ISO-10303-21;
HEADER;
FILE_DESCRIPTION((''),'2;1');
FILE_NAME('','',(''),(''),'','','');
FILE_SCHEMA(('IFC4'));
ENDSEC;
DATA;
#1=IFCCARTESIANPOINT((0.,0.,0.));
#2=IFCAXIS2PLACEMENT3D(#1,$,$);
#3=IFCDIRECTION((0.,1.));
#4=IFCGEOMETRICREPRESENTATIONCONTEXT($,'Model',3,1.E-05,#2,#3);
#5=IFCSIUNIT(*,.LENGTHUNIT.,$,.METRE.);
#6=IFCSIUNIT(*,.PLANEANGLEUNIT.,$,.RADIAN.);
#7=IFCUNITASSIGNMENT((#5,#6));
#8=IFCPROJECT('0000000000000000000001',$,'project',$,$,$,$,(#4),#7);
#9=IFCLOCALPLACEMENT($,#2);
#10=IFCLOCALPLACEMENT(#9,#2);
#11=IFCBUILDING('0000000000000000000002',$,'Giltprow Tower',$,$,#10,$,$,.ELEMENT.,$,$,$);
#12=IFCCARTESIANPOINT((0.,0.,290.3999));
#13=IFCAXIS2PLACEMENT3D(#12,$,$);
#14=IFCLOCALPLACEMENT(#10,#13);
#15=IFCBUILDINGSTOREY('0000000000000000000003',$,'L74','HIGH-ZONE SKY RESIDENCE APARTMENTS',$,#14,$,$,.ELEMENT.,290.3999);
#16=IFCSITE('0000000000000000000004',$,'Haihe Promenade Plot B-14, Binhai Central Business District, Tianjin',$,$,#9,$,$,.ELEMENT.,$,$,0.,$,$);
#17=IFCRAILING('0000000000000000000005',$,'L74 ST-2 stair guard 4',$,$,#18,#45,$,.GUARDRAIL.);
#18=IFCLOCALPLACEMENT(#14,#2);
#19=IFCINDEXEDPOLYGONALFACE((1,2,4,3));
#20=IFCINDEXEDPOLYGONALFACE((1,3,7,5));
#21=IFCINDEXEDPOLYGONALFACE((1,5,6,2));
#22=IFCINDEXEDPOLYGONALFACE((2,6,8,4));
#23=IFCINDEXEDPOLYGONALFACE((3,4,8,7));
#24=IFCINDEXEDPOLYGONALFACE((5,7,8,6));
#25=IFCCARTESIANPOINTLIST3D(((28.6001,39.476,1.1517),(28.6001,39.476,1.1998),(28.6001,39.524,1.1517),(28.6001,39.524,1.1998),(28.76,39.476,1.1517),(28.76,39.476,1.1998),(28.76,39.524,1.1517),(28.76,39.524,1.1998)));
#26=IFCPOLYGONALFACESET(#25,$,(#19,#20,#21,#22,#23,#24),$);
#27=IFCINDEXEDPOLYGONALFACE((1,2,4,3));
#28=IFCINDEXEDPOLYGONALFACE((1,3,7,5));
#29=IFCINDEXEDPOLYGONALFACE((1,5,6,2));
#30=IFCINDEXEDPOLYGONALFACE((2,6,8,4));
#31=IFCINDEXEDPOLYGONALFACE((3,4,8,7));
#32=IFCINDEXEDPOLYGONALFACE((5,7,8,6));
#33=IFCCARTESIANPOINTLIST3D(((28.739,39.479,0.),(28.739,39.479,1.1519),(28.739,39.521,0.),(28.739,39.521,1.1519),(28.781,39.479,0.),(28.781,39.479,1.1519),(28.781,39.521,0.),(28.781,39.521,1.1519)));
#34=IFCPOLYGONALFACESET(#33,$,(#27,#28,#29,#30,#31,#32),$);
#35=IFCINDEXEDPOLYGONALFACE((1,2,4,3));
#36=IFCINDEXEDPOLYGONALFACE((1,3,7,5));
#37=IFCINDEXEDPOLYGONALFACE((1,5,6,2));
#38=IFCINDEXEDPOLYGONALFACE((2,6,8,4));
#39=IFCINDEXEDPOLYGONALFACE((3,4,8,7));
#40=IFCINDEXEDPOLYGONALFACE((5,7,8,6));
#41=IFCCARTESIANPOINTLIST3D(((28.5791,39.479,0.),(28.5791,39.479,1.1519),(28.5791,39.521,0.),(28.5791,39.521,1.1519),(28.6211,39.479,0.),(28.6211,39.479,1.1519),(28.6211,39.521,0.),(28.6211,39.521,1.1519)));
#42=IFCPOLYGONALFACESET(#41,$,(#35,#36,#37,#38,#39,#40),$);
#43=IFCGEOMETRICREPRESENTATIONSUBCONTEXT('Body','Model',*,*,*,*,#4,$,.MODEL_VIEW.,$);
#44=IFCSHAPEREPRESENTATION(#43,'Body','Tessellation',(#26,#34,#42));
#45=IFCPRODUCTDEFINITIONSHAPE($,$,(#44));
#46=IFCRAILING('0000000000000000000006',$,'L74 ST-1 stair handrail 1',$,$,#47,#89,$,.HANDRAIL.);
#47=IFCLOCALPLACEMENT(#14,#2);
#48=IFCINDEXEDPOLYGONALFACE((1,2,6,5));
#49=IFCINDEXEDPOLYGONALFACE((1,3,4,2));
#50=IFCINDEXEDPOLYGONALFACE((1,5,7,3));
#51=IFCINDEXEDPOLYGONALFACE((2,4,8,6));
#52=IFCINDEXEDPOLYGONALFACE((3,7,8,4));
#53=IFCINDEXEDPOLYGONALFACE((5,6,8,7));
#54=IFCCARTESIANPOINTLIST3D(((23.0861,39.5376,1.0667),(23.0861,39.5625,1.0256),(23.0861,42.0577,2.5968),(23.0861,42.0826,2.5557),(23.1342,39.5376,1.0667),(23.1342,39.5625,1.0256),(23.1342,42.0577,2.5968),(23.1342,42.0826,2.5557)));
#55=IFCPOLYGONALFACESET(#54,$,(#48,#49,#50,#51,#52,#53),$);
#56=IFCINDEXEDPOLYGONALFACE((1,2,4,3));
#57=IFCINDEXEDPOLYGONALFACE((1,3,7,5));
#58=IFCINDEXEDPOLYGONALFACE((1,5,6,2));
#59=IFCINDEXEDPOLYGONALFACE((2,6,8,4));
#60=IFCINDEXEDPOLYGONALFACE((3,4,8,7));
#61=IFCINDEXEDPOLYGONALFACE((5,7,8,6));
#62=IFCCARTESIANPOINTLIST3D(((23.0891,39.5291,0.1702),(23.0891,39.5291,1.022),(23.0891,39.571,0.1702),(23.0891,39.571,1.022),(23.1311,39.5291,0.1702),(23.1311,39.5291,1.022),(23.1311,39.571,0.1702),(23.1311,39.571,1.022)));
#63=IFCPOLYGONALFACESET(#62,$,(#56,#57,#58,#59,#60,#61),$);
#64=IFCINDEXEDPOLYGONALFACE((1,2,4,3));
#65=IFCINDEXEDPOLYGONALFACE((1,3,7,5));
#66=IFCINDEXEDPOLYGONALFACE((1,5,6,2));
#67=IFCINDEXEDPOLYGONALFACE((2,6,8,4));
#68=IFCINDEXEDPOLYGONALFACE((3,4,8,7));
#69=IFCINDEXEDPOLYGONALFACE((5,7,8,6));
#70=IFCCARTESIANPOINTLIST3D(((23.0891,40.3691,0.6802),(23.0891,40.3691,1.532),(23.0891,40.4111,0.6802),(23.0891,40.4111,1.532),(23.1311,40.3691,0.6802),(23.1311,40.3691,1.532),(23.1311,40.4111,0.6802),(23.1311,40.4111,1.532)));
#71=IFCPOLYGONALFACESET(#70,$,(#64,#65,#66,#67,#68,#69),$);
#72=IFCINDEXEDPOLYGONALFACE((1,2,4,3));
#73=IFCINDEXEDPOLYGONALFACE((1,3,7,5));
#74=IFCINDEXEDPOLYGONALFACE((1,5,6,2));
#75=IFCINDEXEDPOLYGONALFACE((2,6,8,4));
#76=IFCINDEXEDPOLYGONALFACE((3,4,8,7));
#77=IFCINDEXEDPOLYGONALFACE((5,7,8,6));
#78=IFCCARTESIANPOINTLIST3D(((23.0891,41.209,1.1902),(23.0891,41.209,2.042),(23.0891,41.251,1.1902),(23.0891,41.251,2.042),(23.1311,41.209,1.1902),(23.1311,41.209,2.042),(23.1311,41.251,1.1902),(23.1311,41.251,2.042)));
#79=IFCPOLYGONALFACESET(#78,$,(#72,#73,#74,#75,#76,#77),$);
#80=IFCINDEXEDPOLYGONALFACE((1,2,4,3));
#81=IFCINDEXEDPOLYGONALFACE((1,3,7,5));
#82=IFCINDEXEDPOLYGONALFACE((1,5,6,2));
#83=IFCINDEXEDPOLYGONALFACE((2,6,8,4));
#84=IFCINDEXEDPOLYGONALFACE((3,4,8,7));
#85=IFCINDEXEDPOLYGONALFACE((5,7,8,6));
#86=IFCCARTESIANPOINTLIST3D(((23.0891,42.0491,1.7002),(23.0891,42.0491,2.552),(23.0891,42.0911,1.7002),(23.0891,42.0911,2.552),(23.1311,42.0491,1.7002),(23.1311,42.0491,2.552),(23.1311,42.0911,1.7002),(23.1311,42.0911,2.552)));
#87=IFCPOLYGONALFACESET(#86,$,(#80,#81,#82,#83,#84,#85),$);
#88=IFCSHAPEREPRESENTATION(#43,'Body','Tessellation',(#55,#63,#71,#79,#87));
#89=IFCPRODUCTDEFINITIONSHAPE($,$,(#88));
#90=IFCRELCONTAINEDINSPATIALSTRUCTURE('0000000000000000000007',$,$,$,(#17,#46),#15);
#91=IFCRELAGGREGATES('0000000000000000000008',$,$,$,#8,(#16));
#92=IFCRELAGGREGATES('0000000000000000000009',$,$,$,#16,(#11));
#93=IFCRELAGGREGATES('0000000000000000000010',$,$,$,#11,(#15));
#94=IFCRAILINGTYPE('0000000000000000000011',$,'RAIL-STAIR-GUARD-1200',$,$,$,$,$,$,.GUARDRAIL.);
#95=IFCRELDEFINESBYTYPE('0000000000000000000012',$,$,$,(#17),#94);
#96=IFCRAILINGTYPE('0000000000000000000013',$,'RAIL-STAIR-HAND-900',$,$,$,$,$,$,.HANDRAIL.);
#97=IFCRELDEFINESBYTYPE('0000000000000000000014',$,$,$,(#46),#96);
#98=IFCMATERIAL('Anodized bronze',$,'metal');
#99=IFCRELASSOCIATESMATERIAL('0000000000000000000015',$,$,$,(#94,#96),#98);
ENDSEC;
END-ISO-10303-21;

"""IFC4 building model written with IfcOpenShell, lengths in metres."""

from ifc_helpers import new_model, si_unit, direction, frame, origin, origin_2d, place, context, subcontext, project, spatial, rectangle, extrude, material, type_object, element, save


model = new_model("IFC4")

# Units and contexts
model_context = context("Model", 3, precision=1e-05, world=origin(), true_north=direction((0.0, 1.0)))
body_context = subcontext(model_context, "Body", "Model", "MODEL_VIEW")
ifc_project = project(units=[si_unit("LENGTHUNIT", "METRE"), si_unit("PLANEANGLEUNIT", "RADIAN")], contexts=[model_context])

# Site, building, storey
site_placement = place(None, origin())
site = spatial("IfcSite", under=ifc_project, at=site_placement, Name="Haihe Promenade Plot B-14, Binhai Central Business District, Tianjin", CompositionType="ELEMENT", RefElevation=0.0)
building_placement = place(site_placement, origin())
building = spatial("IfcBuilding", under=site, at=building_placement, Name="Giltprow Tower", CompositionType="ELEMENT")
storey_placement = place(building_placement, frame((0.0, 0.0, 290.3999)))
storey = spatial("IfcBuildingStorey", under=building, at=storey_placement, Name="L74", Description="HIGH-ZONE SKY RESIDENCE APARTMENTS", CompositionType="ELEMENT", Elevation=290.3999)

# Railings
ifc_material_1 = material(Name="Anodized bronze", Category="metal")
railing_type_1 = type_object("IfcRailingType", Name="RAIL-STAIR-GUARD-1200", PredefinedType="GUARDRAIL", material=ifc_material_1)
railing_1_placement = place(storey_placement, frame((28.76, 39.5, 0.0)))
element("IfcRailing", 1, at=railing_1_placement, inside=storey, type_object=railing_type_1, Name="L74 ST-2 stair guard 4", PredefinedType="GUARDRAIL", context=body_context, shape_type="SweptSolid", body=[
    extrude(rectangle(XDim=0.0481, YDim=0.0481, at=origin_2d()), frame((0.0, 0.0, 1.1758), z_axis=(-1.0, 0.0, 0.0), x_axis=(0.0, -1.0, 0.0)), (0.0, 0.0, 1.0), 0.1599),
    extrude(rectangle(XDim=0.042, YDim=0.042, at=origin_2d()), origin(), (0.0, 0.0, 1.0), 1.1519),
    extrude(rectangle(XDim=0.042, YDim=0.042, at=origin_2d()), frame((-0.1599, 0.0, 0.0)), (0.0, 0.0, 1.0), 1.1519),
])
railing_type_2 = type_object("IfcRailingType", Name="RAIL-STAIR-HAND-900", PredefinedType="HANDRAIL", material=ifc_material_1)
railing_2_placement = place(storey_placement, frame((23.1101, 39.55, 0.1702)))
element("IfcRailing", 2, at=railing_2_placement, inside=storey, type_object=railing_type_2, Name="L74 ST-1 stair handrail 1", PredefinedType="HANDRAIL", context=body_context, shape_type="SweptSolid", body=[
    extrude(rectangle(XDim=0.0481, YDim=0.0481, at=origin_2d()), frame((0.0, 0.0, 0.876), z_axis=(0.0, 0.854785, 0.518982), x_axis=(-1.0, 0.0, 0.0)), (0.0, 0.0, 1.0), 2.9482),
    extrude(rectangle(XDim=0.042, YDim=0.042, at=origin_2d()), origin(), (0.0, 0.0, 1.0), 0.8518),
    extrude(rectangle(XDim=0.042, YDim=0.042, at=origin_2d()), frame((0.0, 0.8401, 0.51)), (0.0, 0.0, 1.0), 0.8518),
    extrude(rectangle(XDim=0.042, YDim=0.042, at=origin_2d()), frame((0.0, 1.6799, 1.02)), (0.0, 0.0, 1.0), 0.8518),
    extrude(rectangle(XDim=0.042, YDim=0.042, at=origin_2d()), frame((0.0, 2.52, 1.53)), (0.0, 0.0, 1.0), 0.8518),
])

save(model, "model.ifc")
